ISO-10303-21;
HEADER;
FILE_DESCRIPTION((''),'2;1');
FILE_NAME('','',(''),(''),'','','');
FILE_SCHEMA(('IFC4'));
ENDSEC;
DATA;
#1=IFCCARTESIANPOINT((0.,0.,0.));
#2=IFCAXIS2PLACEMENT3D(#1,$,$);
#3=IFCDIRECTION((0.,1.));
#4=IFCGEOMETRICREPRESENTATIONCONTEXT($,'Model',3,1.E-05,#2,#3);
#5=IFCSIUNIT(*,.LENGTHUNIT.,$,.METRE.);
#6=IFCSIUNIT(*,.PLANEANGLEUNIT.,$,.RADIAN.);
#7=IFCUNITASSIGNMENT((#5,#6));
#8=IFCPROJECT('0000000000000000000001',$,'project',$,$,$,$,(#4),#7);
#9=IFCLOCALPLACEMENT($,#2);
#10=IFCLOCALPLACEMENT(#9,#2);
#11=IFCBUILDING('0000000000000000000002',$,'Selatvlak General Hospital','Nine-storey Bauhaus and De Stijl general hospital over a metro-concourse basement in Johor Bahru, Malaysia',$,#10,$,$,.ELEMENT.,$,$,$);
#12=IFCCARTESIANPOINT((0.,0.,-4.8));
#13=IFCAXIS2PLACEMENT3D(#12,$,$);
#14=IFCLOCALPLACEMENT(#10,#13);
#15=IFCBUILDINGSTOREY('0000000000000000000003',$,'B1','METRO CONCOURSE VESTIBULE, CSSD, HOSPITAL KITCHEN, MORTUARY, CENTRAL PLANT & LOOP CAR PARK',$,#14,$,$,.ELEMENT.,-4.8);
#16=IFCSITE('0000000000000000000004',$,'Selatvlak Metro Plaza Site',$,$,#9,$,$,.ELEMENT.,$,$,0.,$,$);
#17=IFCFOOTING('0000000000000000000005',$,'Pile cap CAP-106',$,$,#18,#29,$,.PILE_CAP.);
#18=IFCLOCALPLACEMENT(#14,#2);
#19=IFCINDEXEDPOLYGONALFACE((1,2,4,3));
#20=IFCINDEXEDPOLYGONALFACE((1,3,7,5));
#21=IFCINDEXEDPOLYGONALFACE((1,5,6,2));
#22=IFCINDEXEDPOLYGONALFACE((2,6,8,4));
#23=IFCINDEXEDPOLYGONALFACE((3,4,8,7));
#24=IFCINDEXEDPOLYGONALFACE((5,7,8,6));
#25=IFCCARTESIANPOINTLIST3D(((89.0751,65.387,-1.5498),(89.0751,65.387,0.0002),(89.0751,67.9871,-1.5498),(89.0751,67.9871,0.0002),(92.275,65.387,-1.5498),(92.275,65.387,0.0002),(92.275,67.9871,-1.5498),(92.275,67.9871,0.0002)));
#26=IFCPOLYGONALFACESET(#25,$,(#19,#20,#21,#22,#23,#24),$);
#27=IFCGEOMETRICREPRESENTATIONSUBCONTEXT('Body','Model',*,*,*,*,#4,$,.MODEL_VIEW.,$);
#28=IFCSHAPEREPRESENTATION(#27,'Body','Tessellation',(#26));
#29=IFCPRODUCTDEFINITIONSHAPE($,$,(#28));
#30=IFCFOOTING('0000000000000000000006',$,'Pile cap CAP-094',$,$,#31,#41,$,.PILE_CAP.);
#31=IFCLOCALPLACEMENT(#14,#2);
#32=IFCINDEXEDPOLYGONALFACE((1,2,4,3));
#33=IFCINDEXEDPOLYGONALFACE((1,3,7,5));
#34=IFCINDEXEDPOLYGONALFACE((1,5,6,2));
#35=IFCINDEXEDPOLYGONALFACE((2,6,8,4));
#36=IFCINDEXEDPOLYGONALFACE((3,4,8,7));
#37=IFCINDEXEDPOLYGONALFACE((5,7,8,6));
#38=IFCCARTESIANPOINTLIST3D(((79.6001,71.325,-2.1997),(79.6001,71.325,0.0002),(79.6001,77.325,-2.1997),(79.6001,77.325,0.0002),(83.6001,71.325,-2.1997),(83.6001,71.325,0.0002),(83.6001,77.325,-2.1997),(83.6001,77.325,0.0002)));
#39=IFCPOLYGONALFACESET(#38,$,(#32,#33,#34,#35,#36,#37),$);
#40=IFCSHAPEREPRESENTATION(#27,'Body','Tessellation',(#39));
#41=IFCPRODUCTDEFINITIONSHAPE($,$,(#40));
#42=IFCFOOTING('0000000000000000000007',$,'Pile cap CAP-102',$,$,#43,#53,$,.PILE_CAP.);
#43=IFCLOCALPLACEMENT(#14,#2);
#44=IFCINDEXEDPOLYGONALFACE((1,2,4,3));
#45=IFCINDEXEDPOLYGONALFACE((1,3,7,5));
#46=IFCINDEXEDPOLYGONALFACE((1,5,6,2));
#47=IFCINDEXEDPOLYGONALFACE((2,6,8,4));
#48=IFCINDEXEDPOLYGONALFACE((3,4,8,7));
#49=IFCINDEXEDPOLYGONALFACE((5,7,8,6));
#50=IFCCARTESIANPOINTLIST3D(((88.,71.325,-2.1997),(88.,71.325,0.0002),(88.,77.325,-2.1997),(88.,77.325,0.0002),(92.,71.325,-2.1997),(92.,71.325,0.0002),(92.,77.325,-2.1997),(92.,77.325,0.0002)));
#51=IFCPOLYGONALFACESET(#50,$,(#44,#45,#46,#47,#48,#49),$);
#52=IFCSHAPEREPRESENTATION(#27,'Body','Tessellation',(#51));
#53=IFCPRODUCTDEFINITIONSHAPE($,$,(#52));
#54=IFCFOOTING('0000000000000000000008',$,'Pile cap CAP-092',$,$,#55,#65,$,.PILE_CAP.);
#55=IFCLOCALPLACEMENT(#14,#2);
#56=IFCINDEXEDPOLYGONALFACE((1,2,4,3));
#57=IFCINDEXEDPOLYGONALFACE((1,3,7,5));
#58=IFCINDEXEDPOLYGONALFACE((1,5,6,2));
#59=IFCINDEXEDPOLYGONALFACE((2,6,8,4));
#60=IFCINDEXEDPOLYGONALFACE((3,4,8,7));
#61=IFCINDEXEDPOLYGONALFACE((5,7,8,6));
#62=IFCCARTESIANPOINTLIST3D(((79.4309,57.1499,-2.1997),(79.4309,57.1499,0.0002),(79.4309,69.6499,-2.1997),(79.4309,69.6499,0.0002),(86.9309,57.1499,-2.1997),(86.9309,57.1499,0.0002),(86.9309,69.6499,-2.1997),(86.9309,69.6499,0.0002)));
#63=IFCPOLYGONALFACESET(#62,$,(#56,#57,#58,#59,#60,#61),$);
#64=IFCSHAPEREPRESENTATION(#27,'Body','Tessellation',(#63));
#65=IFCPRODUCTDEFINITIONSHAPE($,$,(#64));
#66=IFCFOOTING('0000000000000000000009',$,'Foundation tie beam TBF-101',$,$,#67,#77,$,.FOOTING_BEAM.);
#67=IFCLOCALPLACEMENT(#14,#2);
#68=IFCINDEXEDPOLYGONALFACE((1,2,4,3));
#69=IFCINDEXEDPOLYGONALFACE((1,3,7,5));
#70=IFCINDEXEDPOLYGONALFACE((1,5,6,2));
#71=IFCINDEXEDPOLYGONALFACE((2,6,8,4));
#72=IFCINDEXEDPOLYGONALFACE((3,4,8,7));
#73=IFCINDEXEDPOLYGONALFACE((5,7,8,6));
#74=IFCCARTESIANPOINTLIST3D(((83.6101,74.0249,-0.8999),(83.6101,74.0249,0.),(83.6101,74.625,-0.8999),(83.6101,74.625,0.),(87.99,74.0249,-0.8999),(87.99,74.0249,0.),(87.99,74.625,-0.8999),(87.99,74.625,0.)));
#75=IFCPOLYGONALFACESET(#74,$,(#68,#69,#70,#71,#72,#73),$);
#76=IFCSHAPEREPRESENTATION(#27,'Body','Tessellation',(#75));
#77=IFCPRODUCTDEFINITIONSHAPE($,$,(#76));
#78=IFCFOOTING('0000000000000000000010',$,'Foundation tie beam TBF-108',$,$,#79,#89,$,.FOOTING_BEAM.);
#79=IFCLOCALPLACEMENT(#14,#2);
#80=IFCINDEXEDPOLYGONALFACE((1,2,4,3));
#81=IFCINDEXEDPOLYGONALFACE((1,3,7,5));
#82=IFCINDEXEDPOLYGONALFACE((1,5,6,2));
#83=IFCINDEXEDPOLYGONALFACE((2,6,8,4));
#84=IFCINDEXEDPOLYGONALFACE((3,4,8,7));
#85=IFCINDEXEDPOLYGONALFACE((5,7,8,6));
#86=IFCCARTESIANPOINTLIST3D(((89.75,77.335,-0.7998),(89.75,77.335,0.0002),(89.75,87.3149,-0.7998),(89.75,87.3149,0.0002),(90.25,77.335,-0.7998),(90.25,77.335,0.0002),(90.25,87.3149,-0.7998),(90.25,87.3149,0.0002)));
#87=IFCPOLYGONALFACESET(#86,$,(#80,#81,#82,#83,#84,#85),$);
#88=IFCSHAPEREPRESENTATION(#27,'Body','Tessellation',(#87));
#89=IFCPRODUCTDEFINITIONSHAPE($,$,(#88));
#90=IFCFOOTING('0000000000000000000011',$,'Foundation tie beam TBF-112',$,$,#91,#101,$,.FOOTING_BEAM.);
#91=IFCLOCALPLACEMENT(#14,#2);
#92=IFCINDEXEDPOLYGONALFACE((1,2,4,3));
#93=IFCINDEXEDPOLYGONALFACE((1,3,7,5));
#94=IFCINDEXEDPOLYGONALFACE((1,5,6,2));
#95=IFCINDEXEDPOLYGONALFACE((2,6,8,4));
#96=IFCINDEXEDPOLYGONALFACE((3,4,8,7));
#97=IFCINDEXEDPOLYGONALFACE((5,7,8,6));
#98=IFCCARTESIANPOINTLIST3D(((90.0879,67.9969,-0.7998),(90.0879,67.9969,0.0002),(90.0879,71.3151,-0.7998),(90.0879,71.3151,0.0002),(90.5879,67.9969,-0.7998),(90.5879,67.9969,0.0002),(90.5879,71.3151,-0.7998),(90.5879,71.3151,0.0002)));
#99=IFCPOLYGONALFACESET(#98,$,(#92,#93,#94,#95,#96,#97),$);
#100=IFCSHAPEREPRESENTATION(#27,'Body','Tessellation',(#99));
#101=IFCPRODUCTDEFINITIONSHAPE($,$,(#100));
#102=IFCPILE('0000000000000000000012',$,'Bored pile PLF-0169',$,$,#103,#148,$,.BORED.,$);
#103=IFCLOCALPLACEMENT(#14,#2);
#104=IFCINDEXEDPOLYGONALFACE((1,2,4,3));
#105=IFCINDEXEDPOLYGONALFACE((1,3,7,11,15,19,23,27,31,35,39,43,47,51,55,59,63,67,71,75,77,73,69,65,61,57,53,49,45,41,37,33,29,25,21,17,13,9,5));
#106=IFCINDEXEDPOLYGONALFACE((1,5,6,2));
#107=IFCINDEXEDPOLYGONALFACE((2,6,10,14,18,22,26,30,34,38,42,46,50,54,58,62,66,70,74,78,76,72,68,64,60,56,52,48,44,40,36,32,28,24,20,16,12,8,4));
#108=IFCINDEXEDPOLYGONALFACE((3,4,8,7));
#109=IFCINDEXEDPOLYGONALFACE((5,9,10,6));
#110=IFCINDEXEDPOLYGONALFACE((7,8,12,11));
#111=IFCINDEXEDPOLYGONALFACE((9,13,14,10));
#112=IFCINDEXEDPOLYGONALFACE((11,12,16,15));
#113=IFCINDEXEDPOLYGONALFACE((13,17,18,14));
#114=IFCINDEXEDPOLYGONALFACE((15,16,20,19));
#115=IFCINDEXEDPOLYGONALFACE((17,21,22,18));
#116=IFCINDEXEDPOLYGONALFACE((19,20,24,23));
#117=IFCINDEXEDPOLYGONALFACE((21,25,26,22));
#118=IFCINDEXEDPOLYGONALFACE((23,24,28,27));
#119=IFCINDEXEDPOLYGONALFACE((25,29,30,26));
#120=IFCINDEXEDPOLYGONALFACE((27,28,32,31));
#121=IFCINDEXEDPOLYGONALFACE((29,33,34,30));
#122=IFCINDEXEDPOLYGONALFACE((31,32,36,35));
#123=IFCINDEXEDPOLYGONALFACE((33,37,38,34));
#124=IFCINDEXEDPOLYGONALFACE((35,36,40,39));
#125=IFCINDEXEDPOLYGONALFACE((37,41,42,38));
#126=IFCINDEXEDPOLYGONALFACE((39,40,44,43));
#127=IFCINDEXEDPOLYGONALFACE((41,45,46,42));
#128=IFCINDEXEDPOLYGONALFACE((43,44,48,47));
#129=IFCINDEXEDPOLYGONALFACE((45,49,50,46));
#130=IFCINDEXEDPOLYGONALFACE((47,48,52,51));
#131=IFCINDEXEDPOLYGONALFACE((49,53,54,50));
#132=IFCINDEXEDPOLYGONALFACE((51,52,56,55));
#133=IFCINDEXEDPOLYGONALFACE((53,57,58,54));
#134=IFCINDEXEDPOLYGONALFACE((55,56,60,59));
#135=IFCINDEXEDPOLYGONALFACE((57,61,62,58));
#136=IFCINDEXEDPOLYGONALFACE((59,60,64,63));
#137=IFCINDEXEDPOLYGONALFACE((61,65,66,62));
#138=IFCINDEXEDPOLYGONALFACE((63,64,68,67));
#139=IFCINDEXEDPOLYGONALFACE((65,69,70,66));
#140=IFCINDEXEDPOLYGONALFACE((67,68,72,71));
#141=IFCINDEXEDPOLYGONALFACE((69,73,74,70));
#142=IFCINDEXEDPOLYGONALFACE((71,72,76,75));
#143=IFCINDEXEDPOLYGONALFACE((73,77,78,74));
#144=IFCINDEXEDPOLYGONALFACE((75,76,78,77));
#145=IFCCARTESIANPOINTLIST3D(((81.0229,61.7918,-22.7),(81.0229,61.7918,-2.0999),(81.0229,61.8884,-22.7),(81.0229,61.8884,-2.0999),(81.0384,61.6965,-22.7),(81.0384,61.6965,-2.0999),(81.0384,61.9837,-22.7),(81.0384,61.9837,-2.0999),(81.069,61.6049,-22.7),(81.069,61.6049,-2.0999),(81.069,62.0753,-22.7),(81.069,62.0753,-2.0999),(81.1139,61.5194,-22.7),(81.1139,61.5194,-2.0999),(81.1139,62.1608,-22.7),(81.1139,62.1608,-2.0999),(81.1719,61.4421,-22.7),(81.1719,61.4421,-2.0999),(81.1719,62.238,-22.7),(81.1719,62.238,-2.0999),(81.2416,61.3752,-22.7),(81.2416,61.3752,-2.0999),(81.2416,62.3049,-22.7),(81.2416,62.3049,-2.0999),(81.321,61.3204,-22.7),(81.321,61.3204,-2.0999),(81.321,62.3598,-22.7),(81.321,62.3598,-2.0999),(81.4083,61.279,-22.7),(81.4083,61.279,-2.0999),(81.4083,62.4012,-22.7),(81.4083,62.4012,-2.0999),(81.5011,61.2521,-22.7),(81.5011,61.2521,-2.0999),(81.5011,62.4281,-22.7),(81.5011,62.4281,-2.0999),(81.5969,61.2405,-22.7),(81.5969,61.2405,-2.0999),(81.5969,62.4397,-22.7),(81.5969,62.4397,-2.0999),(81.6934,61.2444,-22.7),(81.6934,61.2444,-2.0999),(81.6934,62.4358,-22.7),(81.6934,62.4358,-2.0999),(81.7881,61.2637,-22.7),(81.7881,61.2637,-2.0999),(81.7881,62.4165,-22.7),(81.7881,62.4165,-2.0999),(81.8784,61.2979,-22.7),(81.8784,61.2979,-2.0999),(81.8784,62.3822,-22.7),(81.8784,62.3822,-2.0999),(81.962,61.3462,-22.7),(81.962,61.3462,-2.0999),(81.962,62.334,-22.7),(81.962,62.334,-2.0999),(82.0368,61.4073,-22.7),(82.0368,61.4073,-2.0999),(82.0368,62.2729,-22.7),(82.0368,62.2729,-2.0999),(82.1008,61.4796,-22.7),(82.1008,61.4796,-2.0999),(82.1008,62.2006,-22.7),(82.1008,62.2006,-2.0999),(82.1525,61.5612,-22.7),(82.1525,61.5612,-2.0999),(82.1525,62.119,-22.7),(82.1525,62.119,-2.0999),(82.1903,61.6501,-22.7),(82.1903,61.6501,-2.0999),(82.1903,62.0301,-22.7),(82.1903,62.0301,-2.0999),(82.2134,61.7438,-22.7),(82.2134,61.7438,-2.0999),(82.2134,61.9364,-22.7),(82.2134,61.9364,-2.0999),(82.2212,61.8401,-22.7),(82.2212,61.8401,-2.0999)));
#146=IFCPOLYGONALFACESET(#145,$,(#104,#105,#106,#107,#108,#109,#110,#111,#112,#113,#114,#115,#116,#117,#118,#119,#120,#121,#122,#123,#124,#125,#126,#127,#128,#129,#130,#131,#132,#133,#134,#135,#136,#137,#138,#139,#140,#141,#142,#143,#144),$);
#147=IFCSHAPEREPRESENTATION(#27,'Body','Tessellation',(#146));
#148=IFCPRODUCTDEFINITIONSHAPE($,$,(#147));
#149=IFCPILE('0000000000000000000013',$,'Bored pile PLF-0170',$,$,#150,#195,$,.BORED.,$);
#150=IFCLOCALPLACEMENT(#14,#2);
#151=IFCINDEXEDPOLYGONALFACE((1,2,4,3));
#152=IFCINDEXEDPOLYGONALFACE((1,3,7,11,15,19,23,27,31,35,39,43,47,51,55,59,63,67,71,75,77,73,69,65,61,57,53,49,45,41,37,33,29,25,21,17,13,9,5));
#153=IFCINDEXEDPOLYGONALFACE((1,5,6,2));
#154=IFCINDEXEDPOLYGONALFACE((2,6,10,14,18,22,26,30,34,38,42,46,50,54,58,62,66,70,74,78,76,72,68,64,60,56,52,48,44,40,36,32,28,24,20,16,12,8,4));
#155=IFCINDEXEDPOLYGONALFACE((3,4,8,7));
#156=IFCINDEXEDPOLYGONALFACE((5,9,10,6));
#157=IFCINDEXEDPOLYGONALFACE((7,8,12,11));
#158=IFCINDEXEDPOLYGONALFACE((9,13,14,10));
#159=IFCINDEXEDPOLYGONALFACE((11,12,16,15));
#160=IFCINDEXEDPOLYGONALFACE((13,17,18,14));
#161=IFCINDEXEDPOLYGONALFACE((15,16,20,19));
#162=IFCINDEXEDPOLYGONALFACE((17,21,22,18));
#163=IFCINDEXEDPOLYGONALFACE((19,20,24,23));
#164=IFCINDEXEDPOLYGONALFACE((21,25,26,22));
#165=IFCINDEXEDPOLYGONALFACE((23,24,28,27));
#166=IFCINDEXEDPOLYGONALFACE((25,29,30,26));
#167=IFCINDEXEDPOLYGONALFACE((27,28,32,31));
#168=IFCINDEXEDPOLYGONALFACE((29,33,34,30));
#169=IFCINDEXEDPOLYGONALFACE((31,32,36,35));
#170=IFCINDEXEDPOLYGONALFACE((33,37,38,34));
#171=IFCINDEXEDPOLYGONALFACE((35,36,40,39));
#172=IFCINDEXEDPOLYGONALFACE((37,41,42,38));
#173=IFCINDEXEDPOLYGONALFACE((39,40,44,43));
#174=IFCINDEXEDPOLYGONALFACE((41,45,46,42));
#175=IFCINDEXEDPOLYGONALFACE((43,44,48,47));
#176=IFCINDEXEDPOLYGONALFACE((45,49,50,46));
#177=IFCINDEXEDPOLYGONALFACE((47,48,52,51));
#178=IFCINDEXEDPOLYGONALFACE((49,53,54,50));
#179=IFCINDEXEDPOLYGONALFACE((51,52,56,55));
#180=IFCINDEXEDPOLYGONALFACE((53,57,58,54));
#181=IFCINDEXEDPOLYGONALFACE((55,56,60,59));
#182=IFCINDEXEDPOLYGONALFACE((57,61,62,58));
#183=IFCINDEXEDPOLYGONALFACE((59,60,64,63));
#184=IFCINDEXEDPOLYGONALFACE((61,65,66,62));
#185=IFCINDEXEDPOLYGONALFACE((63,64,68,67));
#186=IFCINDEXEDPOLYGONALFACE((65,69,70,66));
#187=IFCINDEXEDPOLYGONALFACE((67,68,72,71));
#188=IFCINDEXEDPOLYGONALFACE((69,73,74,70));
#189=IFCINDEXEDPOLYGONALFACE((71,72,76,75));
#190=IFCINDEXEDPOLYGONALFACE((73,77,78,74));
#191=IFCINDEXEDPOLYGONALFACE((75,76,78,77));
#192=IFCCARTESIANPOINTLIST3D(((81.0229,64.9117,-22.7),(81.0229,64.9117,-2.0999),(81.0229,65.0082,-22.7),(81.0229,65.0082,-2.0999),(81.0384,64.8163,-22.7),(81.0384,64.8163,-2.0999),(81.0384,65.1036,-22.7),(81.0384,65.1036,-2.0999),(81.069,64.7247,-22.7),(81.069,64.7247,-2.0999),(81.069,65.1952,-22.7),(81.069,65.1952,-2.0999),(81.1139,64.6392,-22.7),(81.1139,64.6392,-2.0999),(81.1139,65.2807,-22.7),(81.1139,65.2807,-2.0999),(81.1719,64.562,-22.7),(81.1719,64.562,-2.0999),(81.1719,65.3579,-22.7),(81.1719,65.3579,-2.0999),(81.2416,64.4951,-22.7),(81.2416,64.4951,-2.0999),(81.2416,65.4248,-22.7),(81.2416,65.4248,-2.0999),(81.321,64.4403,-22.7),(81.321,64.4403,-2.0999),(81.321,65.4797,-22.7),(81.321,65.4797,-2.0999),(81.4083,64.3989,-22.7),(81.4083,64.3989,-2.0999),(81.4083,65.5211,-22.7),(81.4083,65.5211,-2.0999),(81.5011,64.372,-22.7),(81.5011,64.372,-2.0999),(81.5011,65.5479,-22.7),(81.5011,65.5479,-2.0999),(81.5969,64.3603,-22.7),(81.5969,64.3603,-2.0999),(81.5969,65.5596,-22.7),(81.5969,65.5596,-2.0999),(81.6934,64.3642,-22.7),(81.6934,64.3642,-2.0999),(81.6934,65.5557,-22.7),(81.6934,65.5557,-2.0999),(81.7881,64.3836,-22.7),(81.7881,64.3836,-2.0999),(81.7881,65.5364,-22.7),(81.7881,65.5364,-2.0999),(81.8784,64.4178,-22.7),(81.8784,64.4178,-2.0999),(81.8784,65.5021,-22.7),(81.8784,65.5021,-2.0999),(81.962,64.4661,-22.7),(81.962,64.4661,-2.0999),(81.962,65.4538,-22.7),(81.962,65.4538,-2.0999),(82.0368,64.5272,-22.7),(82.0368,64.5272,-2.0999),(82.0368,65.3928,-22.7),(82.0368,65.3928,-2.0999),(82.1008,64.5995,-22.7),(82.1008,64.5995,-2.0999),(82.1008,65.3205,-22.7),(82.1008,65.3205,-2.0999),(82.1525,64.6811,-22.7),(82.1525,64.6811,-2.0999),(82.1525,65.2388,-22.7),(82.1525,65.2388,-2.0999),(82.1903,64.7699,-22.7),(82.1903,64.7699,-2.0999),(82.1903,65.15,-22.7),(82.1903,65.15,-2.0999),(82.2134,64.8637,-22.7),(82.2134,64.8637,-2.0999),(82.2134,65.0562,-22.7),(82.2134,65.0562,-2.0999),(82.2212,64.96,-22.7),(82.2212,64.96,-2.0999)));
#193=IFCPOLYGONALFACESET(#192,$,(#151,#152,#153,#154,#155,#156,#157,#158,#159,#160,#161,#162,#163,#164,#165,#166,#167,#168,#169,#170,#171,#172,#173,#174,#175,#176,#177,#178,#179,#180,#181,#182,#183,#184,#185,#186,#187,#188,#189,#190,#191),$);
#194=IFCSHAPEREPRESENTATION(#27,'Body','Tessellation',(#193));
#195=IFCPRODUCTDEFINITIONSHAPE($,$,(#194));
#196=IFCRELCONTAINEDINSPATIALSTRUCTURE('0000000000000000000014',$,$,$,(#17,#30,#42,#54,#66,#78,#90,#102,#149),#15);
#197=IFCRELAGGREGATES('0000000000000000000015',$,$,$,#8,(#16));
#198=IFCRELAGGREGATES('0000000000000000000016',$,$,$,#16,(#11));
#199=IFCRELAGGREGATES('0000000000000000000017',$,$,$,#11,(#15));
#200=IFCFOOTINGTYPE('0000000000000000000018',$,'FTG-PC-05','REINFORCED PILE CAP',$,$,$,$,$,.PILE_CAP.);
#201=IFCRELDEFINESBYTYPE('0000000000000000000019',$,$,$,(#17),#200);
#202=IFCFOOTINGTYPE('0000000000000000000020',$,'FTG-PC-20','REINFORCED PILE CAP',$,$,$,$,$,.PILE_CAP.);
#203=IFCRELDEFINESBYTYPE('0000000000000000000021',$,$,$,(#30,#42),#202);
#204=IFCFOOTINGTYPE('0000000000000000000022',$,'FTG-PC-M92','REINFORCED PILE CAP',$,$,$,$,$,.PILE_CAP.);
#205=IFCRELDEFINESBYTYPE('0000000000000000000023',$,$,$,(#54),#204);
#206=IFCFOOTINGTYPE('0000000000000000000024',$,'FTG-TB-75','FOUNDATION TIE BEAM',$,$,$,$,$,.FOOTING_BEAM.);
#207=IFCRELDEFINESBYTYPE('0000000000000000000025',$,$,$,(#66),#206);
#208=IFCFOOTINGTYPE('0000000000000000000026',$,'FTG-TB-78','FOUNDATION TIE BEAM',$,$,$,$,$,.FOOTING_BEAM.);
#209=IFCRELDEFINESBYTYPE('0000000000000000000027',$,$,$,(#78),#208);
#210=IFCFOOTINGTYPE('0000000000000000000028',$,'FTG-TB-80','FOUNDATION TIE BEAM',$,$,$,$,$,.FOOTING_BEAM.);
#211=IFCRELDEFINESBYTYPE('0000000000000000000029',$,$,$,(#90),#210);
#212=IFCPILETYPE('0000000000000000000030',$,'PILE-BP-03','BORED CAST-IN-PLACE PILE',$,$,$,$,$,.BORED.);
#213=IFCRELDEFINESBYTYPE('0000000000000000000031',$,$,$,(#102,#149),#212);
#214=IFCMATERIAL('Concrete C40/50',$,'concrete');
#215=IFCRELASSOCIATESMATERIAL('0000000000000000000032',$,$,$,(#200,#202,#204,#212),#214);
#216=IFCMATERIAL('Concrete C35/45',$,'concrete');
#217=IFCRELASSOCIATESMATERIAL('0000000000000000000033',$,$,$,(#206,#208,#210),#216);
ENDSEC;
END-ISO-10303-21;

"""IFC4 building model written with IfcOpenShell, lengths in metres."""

from ifc_helpers import new_model, si_unit, direction, frame, origin, origin_2d, place, context, subcontext, project, spatial, rectangle, circle, extrude, material, material_profile, profile_set, type_object, element, save


model = new_model("IFC4")

# Units and contexts
model_context = context("Model", 3, precision=1e-05, world=origin(), true_north=direction((0.0, 1.0)))
body_context = subcontext(model_context, "Body", "Model", "MODEL_VIEW")
ifc_project = project(units=[si_unit("LENGTHUNIT", "METRE"), si_unit("PLANEANGLEUNIT", "RADIAN")], contexts=[model_context])

# Site, building, storey
site_placement = place(None, origin())
site = spatial("IfcSite", under=ifc_project, at=site_placement, Name="Selatvlak Metro Plaza Site", CompositionType="ELEMENT", RefElevation=0.0)
building_placement = place(site_placement, origin())
building = spatial("IfcBuilding", under=site, at=building_placement, Name="Selatvlak General Hospital", Description="Nine-storey Bauhaus and De Stijl general hospital over a metro-concourse basement in Johor Bahru, Malaysia", CompositionType="ELEMENT")
storey_placement = place(building_placement, frame((0.0, 0.0, -4.8)))
storey = spatial("IfcBuildingStorey", under=building, at=storey_placement, Name="B1", Description="METRO CONCOURSE VESTIBULE, CSSD, HOSPITAL KITCHEN, MORTUARY, CENTRAL PLANT & LOOP CAR PARK", CompositionType="ELEMENT", Elevation=-4.8)

# Footings
ifc_material_1 = material(Name="Concrete C40/50", Category="concrete")
footing_type_1 = type_object("IfcFootingType", Name="FTG-PC-05", Description="REINFORCED PILE CAP", PredefinedType="PILE_CAP", material=ifc_material_1)
footing_1_placement = place(storey_placement, frame((90.675, 66.687, -1.5498), z_axis=(0.0, 0.0, 1.0), x_axis=(1.0, 0.0, 0.0)))
element("IfcFooting", 1, at=footing_1_placement, inside=storey, type_object=footing_type_1, Name="Pile cap CAP-106", PredefinedType="PILE_CAP", context=body_context, shape_type="SweptSolid", body=[
    extrude(rectangle(XDim=3.2, YDim=2.6001, at=origin_2d()), origin(), (0.0, 0.0, 1.0), 1.55),
])
footing_type_2 = type_object("IfcFootingType", Name="FTG-PC-20", Description="REINFORCED PILE CAP", PredefinedType="PILE_CAP", material=ifc_material_1)
for number, where, z_axis, x_axis, name in (
    (2, (81.6001, 74.325, -2.1997), (0.0, 0.0, 1.0), (1.0, 0.0, 0.0), "Pile cap CAP-094"),
    (3, (90.0, 74.325, -2.1997), (0.0, 0.0, 1.0), (1.0, 0.0, 0.0), "Pile cap CAP-102"),
):
    element("IfcFooting", number, at=place(storey_placement, frame(where, z_axis=z_axis, x_axis=x_axis)), inside=storey, type_object=footing_type_2, Name=name, PredefinedType="PILE_CAP", context=body_context, shape_type="SweptSolid", body=[
        extrude(rectangle(XDim=4.0, YDim=6.0, at=origin_2d()), origin(), (0.0, 0.0, 1.0), 2.2),
    ])
footing_type_3 = type_object("IfcFootingType", Name="FTG-PC-M92", Description="REINFORCED PILE CAP", PredefinedType="PILE_CAP", material=ifc_material_1)
footing_2_placement = place(storey_placement, frame((83.1809, 63.3999, -2.1997), z_axis=(0.0, 0.0, 1.0), x_axis=(1.0, 0.0, 0.0)))
element("IfcFooting", 4, at=footing_2_placement, inside=storey, type_object=footing_type_3, Name="Pile cap CAP-092", PredefinedType="PILE_CAP", context=body_context, shape_type="SweptSolid", body=[
    extrude(rectangle(XDim=7.5, YDim=12.5, at=origin_2d()), origin(), (0.0, 0.0, 1.0), 2.2),
])
ifc_material_2 = material(Name="Concrete C35/45", Category="concrete")
footing_type_4 = type_object("IfcFootingType", Name="FTG-TB-75", Description="FOUNDATION TIE BEAM", PredefinedType="FOOTING_BEAM", material=ifc_material_2)
footing_3_placement = place(storey_placement, frame((85.8, 74.325, -0.8999), z_axis=(0.0, 0.0, 1.0), x_axis=(1.0, 0.0, 0.0)))
element("IfcFooting", 5, at=footing_3_placement, inside=storey, type_object=footing_type_4, Name="Foundation tie beam TBF-101", PredefinedType="FOOTING_BEAM", context=body_context, shape_type="SweptSolid", body=[
    extrude(rectangle(XDim=4.3799, YDim=0.6001, at=origin_2d()), origin(), (0.0, 0.0, 1.0), 0.8999),
])
footing_type_5 = type_object("IfcFootingType", Name="FTG-TB-78", Description="FOUNDATION TIE BEAM", PredefinedType="FOOTING_BEAM", material=ifc_material_2)
footing_4_placement = place(storey_placement, frame((90.0, 82.325, -0.7998), z_axis=(0.0, 0.0, 1.0), x_axis=(0.0, 1.0, 0.0)))
element("IfcFooting", 6, at=footing_4_placement, inside=storey, type_object=footing_type_5, Name="Foundation tie beam TBF-108", PredefinedType="FOOTING_BEAM", context=body_context, shape_type="SweptSolid", body=[
    extrude(rectangle(XDim=9.98, YDim=0.5, at=origin_2d()), origin(), (0.0, 0.0, 1.0), 0.8),
])
footing_type_6 = type_object("IfcFootingType", Name="FTG-TB-80", Description="FOUNDATION TIE BEAM", PredefinedType="FOOTING_BEAM", material=ifc_material_2)
footing_5_placement = place(storey_placement, frame((90.3379, 69.656, -0.7998), z_axis=(0.0, 0.0, 1.0), x_axis=(0.0, 1.0, 0.0)))
element("IfcFooting", 7, at=footing_5_placement, inside=storey, type_object=footing_type_6, Name="Foundation tie beam TBF-112", PredefinedType="FOOTING_BEAM", context=body_context, shape_type="SweptSolid", body=[
    extrude(rectangle(XDim=3.3181, YDim=0.5, at=origin_2d()), origin(), (0.0, 0.0, 1.0), 0.8),
])

# Piles
ifc_material_profile_1 = material_profile(ifc_material_1, circle(Radius=0.6001, at=origin_2d()), Name="BORED PILE 1200")
ifc_profile_set_1 = profile_set([ifc_material_profile_1], Name="Concrete C40/50")
pile_type_1 = type_object("IfcPileType", Name="PILE-BP-03", Description="BORED CAST-IN-PLACE PILE", PredefinedType="BORED", material=ifc_profile_set_1)
for number, where, z_axis, x_axis, name in (
    (8, (81.6211, 61.8401, -2.0999), (0.0, 0.0, -1.0), (1.0, 0.0, 0.0), "Bored pile PLF-0169"),
    (9, (81.6211, 64.96, -2.0999), (0.0, 0.0, -1.0), (1.0, 0.0, 0.0), "Bored pile PLF-0170"),
):
    element("IfcPile", number, at=place(storey_placement, frame(where, z_axis=z_axis, x_axis=x_axis)), inside=storey, type_object=pile_type_1, Name=name, PredefinedType="BORED", context=body_context, shape_type="SweptSolid", body=[
        extrude(circle(Radius=0.6001, at=origin_2d()), origin(), (0.0, 0.0, 1.0), 20.6001),
    ])

save(model, "model.ifc")
